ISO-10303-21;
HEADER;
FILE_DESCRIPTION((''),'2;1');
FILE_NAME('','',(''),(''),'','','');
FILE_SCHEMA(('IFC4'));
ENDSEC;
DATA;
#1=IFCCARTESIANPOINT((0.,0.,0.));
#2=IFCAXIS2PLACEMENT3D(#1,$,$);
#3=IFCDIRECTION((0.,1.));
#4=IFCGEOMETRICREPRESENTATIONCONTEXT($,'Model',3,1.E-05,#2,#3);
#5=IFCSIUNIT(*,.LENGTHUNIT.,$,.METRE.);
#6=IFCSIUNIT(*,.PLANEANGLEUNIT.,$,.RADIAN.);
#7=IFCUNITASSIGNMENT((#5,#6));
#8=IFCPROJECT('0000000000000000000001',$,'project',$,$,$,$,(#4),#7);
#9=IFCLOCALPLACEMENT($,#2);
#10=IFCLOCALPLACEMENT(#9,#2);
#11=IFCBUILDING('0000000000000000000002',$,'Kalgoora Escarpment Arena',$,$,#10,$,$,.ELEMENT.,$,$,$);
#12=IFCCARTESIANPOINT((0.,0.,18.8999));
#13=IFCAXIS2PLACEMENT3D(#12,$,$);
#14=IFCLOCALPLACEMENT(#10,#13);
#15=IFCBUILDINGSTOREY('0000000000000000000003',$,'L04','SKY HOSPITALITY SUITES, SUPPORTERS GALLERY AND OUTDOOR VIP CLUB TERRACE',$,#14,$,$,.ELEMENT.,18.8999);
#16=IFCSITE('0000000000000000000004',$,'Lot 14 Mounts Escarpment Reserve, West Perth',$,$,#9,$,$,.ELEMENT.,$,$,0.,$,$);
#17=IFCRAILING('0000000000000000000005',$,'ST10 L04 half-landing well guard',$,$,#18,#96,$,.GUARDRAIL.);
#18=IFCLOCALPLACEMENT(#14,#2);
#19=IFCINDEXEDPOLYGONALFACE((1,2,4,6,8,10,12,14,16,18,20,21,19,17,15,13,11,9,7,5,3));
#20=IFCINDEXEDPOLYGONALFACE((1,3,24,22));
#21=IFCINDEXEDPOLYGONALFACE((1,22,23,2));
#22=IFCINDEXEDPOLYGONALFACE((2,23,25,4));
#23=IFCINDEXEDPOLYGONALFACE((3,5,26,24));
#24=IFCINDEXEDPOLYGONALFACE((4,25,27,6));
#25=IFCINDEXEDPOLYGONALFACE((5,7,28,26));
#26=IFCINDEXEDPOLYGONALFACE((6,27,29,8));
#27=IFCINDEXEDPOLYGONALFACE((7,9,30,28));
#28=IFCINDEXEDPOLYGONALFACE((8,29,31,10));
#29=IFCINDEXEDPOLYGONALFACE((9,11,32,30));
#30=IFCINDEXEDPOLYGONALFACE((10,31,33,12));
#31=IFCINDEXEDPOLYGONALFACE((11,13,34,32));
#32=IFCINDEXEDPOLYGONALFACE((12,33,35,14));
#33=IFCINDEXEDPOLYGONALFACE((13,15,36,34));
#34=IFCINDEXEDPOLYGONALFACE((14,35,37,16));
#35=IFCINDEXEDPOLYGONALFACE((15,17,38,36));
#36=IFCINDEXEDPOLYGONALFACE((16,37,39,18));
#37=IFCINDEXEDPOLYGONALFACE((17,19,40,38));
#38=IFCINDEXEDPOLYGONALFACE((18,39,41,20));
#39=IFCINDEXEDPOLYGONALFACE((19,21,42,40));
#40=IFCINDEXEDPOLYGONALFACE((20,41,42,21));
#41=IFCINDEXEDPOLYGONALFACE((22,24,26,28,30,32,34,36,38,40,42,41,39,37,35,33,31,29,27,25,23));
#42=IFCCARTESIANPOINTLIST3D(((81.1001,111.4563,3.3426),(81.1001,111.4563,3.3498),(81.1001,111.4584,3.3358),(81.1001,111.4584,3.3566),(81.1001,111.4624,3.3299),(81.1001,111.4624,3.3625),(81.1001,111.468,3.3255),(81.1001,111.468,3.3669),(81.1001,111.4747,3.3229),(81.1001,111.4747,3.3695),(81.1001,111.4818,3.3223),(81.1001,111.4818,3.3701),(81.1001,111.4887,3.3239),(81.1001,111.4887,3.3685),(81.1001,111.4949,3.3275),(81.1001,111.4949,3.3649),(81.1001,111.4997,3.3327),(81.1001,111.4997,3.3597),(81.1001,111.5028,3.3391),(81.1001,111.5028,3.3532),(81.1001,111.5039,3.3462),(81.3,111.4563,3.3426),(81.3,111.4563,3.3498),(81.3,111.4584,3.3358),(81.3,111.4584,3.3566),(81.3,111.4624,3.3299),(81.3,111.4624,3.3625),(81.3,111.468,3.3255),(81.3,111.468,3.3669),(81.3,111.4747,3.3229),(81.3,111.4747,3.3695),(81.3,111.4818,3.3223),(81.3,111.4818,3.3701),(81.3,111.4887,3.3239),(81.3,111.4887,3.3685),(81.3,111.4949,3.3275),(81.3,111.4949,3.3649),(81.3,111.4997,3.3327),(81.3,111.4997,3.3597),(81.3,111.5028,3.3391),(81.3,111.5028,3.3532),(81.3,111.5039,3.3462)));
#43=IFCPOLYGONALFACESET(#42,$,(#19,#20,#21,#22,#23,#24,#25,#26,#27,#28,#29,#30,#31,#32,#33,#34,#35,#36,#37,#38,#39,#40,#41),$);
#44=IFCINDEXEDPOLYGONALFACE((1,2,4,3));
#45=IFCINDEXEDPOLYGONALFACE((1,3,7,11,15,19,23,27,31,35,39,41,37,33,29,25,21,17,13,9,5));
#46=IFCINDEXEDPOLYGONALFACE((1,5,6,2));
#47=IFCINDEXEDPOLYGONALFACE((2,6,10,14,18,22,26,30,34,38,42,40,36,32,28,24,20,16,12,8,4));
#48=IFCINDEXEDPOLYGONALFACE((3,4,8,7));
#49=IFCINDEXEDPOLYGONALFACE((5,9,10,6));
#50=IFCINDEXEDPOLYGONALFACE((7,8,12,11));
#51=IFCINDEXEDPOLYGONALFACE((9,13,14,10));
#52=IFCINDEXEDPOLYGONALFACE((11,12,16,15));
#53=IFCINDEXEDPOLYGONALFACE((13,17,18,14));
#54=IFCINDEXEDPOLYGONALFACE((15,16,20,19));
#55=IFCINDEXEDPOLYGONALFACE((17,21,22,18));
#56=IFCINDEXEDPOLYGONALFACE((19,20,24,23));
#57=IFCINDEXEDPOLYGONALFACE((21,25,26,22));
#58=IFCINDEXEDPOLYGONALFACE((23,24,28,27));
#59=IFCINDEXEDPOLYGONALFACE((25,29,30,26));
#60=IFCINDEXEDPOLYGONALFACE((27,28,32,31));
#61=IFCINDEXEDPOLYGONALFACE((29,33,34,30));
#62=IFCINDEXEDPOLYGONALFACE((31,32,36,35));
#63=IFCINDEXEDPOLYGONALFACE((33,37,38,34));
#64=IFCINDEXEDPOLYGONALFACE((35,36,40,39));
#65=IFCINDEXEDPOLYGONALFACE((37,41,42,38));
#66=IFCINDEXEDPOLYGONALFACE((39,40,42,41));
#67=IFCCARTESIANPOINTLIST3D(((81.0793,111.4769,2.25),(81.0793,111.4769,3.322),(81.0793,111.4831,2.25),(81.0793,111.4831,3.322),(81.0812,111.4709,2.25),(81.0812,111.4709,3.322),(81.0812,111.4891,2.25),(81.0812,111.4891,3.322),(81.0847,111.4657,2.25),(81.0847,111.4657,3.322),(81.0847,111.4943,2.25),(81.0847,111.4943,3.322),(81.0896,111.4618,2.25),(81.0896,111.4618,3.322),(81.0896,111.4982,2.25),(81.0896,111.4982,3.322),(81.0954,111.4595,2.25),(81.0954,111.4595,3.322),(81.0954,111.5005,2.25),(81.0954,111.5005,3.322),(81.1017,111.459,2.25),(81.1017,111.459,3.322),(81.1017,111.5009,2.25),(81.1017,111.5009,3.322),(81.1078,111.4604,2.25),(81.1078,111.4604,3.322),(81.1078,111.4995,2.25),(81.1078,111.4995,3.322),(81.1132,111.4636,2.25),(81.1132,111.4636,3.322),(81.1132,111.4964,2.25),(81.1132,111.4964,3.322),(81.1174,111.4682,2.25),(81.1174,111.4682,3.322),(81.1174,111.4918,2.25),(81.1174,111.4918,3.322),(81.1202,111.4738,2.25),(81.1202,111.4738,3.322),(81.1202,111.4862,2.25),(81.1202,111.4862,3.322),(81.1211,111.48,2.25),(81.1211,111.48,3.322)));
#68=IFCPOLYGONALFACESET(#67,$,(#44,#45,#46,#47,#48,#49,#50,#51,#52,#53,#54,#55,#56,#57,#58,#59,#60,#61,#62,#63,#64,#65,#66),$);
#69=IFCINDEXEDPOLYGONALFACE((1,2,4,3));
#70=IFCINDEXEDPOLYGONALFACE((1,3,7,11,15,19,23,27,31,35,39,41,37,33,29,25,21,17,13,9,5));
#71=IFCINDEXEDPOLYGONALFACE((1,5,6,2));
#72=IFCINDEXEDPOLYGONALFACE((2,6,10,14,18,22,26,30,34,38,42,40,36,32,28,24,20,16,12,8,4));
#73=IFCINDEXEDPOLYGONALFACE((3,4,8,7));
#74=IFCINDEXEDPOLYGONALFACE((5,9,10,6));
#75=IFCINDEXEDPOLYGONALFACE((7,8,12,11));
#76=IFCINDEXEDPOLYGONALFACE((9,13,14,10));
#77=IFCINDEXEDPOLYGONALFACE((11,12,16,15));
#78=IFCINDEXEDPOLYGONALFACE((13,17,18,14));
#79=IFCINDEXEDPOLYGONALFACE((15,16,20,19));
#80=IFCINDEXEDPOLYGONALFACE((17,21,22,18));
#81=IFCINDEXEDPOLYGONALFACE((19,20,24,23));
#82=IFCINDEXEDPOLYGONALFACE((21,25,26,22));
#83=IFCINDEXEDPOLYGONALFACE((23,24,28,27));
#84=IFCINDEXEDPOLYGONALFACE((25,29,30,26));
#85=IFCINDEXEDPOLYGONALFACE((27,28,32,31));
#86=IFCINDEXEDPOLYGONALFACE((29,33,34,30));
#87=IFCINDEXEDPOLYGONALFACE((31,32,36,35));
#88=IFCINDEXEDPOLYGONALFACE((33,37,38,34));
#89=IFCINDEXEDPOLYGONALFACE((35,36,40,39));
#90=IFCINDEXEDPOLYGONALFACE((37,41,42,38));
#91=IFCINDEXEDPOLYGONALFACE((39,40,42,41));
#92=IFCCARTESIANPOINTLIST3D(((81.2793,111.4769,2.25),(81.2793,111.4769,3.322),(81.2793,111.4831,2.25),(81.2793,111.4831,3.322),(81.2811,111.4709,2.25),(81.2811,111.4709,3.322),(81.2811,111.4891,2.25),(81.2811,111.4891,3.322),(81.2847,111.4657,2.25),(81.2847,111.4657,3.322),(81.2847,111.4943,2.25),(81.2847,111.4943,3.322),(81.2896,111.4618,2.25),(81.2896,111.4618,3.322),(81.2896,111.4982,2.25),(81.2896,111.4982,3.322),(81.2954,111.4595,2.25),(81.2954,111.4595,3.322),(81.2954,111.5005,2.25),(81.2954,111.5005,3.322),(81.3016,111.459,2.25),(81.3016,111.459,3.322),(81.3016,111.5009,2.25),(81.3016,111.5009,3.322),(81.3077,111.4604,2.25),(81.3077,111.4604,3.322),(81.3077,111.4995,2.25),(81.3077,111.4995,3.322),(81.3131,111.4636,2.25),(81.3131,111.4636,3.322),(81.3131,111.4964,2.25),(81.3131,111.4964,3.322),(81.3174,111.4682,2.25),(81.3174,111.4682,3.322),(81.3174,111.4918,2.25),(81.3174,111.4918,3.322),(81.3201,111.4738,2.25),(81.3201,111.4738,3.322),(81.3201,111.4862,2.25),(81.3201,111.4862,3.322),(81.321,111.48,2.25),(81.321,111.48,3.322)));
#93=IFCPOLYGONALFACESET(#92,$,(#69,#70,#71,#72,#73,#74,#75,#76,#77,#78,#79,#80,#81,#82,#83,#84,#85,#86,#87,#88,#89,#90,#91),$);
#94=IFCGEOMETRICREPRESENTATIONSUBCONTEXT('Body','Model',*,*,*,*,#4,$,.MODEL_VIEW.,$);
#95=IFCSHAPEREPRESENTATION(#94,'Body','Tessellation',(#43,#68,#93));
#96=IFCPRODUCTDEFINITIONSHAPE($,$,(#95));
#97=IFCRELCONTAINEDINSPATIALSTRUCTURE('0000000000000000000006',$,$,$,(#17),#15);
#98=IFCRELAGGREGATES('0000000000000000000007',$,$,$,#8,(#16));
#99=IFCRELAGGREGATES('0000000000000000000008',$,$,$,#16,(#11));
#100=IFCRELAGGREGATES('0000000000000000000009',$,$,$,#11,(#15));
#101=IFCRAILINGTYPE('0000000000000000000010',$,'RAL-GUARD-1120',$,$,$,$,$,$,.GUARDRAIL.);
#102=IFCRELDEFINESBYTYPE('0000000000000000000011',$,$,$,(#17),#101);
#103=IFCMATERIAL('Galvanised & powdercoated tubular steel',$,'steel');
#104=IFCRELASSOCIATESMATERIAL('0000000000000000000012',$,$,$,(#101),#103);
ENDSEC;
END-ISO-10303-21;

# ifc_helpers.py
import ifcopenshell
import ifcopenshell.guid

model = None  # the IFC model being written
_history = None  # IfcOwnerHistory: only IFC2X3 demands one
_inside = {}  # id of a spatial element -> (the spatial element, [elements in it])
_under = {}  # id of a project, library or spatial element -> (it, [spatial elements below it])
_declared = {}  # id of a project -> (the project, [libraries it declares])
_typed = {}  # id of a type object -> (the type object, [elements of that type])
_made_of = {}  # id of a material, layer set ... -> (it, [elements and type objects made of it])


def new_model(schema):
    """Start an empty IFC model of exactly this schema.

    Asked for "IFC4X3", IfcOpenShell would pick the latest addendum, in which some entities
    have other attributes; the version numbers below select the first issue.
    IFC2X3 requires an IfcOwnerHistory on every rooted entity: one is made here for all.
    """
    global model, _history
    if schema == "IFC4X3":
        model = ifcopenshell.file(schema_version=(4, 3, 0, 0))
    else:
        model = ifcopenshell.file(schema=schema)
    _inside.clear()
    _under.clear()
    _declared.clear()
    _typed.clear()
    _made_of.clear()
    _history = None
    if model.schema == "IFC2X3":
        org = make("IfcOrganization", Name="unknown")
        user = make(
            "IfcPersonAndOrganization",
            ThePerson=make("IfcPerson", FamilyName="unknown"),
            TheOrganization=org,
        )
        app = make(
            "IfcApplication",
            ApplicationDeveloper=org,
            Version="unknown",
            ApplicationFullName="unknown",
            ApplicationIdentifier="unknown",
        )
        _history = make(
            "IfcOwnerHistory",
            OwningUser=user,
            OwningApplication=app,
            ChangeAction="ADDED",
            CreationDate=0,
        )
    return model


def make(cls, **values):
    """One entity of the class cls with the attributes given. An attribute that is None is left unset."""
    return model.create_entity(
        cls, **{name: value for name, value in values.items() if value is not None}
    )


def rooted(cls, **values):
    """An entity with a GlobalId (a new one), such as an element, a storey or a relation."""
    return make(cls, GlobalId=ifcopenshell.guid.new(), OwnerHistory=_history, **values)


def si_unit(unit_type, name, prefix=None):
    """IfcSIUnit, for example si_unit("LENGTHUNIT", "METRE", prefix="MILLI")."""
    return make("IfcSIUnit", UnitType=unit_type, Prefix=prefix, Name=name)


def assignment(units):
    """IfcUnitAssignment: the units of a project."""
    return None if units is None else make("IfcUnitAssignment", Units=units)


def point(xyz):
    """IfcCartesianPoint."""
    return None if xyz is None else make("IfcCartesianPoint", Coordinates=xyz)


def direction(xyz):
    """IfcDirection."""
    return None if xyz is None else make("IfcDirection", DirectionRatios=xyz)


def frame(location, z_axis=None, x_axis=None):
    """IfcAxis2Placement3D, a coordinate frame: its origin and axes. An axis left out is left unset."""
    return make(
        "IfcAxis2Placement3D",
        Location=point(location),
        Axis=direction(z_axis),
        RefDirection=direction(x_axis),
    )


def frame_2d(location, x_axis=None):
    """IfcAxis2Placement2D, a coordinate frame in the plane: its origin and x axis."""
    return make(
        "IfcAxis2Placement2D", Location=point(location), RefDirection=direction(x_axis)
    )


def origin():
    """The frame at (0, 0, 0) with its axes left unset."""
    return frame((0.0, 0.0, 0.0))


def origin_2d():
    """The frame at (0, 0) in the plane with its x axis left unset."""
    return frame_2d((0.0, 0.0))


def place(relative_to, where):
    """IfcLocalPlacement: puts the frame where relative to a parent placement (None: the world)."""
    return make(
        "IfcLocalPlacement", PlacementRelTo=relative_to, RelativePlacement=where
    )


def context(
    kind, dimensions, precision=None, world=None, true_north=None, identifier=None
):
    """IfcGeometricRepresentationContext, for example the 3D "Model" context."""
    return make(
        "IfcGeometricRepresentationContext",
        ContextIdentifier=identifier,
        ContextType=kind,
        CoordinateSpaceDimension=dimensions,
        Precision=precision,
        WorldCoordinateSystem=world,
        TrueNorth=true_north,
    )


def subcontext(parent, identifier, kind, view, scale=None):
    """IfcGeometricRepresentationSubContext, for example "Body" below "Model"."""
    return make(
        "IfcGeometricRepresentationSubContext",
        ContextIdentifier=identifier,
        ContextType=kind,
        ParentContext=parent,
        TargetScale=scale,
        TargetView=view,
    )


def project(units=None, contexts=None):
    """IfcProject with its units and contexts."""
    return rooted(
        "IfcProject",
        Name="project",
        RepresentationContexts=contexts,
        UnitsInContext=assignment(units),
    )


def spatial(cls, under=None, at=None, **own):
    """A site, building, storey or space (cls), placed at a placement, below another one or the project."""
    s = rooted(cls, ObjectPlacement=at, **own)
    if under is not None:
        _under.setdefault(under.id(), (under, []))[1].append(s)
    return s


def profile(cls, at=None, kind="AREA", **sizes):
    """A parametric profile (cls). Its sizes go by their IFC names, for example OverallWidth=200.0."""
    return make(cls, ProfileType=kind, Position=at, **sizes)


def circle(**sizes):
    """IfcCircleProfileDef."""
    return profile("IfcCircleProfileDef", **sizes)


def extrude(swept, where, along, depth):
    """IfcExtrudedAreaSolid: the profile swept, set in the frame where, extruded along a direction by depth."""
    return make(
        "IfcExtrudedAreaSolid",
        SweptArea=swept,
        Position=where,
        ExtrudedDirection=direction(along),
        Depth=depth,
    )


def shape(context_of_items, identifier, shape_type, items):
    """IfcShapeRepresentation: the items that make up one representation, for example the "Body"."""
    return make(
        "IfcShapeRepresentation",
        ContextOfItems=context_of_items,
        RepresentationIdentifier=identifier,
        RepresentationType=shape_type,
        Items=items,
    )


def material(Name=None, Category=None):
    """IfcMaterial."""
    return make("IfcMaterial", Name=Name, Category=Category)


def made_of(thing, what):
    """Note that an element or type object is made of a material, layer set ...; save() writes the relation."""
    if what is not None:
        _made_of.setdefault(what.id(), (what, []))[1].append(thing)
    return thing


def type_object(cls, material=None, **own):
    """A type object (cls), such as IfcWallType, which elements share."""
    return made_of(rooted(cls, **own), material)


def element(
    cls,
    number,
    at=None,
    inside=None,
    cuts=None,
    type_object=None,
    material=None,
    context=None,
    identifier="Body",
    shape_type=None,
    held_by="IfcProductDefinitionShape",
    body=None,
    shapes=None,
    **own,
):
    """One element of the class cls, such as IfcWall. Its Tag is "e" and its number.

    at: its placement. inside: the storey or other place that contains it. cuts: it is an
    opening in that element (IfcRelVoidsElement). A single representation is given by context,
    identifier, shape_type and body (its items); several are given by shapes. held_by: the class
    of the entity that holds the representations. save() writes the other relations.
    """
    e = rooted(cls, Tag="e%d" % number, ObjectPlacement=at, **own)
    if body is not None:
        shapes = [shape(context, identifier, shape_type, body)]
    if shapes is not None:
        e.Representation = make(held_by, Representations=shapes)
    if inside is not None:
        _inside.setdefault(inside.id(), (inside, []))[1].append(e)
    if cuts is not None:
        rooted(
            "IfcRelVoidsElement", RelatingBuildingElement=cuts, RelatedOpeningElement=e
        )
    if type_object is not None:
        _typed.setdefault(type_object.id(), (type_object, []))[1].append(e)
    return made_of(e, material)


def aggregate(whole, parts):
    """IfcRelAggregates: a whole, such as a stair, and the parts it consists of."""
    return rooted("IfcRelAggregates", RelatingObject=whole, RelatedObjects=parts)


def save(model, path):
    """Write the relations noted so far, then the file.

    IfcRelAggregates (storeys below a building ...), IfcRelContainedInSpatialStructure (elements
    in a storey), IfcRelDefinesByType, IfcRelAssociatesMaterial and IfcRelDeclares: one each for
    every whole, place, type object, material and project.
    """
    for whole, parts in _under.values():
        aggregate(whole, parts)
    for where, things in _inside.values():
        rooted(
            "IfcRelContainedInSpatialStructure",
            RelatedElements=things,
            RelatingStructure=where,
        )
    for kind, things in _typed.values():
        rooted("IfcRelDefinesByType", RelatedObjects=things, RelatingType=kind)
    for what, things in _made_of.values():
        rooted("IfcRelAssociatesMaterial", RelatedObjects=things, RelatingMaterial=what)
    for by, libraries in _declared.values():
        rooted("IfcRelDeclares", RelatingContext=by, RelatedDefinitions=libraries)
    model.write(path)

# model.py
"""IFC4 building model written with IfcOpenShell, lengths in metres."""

from ifc_helpers import new_model, si_unit, direction, frame, origin, origin_2d, place, context, subcontext, project, spatial, circle, extrude, material, type_object, element, save


model = new_model("IFC4")

# Units and contexts
model_context = context("Model", 3, precision=1e-05, world=origin(), true_north=direction((0.0, 1.0)))
body_context = subcontext(model_context, "Body", "Model", "MODEL_VIEW")
ifc_project = project(units=[si_unit("LENGTHUNIT", "METRE"), si_unit("PLANEANGLEUNIT", "RADIAN")], contexts=[model_context])

# Site, building, storey
site_placement = place(None, origin())
site = spatial("IfcSite", under=ifc_project, at=site_placement, Name="Lot 14 Mounts Escarpment Reserve, West Perth", CompositionType="ELEMENT", RefElevation=0.0)
building_placement = place(site_placement, origin())
building = spatial("IfcBuilding", under=site, at=building_placement, Name="Kalgoora Escarpment Arena", CompositionType="ELEMENT")
storey_placement = place(building_placement, frame((0.0, 0.0, 18.8999)))
storey = spatial("IfcBuildingStorey", under=building, at=storey_placement, Name="L04", Description="SKY HOSPITALITY SUITES, SUPPORTERS GALLERY AND OUTDOOR VIP CLUB TERRACE", CompositionType="ELEMENT", Elevation=18.8999)

# Railing
ifc_material_1 = material(Name="Galvanised & powdercoated tubular steel", Category="steel")
railing_type_1 = type_object("IfcRailingType", Name="RAL-GUARD-1120", PredefinedType="GUARDRAIL", material=ifc_material_1)
railing_1_placement = place(storey_placement, frame((81.1001, 111.48, 2.25)))
element("IfcRailing", 1, at=railing_1_placement, inside=storey, type_object=railing_type_1, Name="ST10 L04 half-landing well guard", PredefinedType="GUARDRAIL", context=body_context, shape_type="SweptSolid", body=[
    extrude(circle(Radius=0.0239, at=origin_2d()), frame((0.0, 0.0, 1.0962), z_axis=(1.0, 0.0, 0.0), x_axis=(0.0, 1.0, 0.0)), (0.0, 0.0, 1.0), 0.2),
    extrude(circle(Radius=0.021, at=origin_2d()), origin(), (0.0, 0.0, 1.0), 1.072),
    extrude(circle(Radius=0.021, at=origin_2d()), frame((0.2, 0.0, 0.0)), (0.0, 0.0, 1.0), 1.072),
])

save(model, "model.ifc")
